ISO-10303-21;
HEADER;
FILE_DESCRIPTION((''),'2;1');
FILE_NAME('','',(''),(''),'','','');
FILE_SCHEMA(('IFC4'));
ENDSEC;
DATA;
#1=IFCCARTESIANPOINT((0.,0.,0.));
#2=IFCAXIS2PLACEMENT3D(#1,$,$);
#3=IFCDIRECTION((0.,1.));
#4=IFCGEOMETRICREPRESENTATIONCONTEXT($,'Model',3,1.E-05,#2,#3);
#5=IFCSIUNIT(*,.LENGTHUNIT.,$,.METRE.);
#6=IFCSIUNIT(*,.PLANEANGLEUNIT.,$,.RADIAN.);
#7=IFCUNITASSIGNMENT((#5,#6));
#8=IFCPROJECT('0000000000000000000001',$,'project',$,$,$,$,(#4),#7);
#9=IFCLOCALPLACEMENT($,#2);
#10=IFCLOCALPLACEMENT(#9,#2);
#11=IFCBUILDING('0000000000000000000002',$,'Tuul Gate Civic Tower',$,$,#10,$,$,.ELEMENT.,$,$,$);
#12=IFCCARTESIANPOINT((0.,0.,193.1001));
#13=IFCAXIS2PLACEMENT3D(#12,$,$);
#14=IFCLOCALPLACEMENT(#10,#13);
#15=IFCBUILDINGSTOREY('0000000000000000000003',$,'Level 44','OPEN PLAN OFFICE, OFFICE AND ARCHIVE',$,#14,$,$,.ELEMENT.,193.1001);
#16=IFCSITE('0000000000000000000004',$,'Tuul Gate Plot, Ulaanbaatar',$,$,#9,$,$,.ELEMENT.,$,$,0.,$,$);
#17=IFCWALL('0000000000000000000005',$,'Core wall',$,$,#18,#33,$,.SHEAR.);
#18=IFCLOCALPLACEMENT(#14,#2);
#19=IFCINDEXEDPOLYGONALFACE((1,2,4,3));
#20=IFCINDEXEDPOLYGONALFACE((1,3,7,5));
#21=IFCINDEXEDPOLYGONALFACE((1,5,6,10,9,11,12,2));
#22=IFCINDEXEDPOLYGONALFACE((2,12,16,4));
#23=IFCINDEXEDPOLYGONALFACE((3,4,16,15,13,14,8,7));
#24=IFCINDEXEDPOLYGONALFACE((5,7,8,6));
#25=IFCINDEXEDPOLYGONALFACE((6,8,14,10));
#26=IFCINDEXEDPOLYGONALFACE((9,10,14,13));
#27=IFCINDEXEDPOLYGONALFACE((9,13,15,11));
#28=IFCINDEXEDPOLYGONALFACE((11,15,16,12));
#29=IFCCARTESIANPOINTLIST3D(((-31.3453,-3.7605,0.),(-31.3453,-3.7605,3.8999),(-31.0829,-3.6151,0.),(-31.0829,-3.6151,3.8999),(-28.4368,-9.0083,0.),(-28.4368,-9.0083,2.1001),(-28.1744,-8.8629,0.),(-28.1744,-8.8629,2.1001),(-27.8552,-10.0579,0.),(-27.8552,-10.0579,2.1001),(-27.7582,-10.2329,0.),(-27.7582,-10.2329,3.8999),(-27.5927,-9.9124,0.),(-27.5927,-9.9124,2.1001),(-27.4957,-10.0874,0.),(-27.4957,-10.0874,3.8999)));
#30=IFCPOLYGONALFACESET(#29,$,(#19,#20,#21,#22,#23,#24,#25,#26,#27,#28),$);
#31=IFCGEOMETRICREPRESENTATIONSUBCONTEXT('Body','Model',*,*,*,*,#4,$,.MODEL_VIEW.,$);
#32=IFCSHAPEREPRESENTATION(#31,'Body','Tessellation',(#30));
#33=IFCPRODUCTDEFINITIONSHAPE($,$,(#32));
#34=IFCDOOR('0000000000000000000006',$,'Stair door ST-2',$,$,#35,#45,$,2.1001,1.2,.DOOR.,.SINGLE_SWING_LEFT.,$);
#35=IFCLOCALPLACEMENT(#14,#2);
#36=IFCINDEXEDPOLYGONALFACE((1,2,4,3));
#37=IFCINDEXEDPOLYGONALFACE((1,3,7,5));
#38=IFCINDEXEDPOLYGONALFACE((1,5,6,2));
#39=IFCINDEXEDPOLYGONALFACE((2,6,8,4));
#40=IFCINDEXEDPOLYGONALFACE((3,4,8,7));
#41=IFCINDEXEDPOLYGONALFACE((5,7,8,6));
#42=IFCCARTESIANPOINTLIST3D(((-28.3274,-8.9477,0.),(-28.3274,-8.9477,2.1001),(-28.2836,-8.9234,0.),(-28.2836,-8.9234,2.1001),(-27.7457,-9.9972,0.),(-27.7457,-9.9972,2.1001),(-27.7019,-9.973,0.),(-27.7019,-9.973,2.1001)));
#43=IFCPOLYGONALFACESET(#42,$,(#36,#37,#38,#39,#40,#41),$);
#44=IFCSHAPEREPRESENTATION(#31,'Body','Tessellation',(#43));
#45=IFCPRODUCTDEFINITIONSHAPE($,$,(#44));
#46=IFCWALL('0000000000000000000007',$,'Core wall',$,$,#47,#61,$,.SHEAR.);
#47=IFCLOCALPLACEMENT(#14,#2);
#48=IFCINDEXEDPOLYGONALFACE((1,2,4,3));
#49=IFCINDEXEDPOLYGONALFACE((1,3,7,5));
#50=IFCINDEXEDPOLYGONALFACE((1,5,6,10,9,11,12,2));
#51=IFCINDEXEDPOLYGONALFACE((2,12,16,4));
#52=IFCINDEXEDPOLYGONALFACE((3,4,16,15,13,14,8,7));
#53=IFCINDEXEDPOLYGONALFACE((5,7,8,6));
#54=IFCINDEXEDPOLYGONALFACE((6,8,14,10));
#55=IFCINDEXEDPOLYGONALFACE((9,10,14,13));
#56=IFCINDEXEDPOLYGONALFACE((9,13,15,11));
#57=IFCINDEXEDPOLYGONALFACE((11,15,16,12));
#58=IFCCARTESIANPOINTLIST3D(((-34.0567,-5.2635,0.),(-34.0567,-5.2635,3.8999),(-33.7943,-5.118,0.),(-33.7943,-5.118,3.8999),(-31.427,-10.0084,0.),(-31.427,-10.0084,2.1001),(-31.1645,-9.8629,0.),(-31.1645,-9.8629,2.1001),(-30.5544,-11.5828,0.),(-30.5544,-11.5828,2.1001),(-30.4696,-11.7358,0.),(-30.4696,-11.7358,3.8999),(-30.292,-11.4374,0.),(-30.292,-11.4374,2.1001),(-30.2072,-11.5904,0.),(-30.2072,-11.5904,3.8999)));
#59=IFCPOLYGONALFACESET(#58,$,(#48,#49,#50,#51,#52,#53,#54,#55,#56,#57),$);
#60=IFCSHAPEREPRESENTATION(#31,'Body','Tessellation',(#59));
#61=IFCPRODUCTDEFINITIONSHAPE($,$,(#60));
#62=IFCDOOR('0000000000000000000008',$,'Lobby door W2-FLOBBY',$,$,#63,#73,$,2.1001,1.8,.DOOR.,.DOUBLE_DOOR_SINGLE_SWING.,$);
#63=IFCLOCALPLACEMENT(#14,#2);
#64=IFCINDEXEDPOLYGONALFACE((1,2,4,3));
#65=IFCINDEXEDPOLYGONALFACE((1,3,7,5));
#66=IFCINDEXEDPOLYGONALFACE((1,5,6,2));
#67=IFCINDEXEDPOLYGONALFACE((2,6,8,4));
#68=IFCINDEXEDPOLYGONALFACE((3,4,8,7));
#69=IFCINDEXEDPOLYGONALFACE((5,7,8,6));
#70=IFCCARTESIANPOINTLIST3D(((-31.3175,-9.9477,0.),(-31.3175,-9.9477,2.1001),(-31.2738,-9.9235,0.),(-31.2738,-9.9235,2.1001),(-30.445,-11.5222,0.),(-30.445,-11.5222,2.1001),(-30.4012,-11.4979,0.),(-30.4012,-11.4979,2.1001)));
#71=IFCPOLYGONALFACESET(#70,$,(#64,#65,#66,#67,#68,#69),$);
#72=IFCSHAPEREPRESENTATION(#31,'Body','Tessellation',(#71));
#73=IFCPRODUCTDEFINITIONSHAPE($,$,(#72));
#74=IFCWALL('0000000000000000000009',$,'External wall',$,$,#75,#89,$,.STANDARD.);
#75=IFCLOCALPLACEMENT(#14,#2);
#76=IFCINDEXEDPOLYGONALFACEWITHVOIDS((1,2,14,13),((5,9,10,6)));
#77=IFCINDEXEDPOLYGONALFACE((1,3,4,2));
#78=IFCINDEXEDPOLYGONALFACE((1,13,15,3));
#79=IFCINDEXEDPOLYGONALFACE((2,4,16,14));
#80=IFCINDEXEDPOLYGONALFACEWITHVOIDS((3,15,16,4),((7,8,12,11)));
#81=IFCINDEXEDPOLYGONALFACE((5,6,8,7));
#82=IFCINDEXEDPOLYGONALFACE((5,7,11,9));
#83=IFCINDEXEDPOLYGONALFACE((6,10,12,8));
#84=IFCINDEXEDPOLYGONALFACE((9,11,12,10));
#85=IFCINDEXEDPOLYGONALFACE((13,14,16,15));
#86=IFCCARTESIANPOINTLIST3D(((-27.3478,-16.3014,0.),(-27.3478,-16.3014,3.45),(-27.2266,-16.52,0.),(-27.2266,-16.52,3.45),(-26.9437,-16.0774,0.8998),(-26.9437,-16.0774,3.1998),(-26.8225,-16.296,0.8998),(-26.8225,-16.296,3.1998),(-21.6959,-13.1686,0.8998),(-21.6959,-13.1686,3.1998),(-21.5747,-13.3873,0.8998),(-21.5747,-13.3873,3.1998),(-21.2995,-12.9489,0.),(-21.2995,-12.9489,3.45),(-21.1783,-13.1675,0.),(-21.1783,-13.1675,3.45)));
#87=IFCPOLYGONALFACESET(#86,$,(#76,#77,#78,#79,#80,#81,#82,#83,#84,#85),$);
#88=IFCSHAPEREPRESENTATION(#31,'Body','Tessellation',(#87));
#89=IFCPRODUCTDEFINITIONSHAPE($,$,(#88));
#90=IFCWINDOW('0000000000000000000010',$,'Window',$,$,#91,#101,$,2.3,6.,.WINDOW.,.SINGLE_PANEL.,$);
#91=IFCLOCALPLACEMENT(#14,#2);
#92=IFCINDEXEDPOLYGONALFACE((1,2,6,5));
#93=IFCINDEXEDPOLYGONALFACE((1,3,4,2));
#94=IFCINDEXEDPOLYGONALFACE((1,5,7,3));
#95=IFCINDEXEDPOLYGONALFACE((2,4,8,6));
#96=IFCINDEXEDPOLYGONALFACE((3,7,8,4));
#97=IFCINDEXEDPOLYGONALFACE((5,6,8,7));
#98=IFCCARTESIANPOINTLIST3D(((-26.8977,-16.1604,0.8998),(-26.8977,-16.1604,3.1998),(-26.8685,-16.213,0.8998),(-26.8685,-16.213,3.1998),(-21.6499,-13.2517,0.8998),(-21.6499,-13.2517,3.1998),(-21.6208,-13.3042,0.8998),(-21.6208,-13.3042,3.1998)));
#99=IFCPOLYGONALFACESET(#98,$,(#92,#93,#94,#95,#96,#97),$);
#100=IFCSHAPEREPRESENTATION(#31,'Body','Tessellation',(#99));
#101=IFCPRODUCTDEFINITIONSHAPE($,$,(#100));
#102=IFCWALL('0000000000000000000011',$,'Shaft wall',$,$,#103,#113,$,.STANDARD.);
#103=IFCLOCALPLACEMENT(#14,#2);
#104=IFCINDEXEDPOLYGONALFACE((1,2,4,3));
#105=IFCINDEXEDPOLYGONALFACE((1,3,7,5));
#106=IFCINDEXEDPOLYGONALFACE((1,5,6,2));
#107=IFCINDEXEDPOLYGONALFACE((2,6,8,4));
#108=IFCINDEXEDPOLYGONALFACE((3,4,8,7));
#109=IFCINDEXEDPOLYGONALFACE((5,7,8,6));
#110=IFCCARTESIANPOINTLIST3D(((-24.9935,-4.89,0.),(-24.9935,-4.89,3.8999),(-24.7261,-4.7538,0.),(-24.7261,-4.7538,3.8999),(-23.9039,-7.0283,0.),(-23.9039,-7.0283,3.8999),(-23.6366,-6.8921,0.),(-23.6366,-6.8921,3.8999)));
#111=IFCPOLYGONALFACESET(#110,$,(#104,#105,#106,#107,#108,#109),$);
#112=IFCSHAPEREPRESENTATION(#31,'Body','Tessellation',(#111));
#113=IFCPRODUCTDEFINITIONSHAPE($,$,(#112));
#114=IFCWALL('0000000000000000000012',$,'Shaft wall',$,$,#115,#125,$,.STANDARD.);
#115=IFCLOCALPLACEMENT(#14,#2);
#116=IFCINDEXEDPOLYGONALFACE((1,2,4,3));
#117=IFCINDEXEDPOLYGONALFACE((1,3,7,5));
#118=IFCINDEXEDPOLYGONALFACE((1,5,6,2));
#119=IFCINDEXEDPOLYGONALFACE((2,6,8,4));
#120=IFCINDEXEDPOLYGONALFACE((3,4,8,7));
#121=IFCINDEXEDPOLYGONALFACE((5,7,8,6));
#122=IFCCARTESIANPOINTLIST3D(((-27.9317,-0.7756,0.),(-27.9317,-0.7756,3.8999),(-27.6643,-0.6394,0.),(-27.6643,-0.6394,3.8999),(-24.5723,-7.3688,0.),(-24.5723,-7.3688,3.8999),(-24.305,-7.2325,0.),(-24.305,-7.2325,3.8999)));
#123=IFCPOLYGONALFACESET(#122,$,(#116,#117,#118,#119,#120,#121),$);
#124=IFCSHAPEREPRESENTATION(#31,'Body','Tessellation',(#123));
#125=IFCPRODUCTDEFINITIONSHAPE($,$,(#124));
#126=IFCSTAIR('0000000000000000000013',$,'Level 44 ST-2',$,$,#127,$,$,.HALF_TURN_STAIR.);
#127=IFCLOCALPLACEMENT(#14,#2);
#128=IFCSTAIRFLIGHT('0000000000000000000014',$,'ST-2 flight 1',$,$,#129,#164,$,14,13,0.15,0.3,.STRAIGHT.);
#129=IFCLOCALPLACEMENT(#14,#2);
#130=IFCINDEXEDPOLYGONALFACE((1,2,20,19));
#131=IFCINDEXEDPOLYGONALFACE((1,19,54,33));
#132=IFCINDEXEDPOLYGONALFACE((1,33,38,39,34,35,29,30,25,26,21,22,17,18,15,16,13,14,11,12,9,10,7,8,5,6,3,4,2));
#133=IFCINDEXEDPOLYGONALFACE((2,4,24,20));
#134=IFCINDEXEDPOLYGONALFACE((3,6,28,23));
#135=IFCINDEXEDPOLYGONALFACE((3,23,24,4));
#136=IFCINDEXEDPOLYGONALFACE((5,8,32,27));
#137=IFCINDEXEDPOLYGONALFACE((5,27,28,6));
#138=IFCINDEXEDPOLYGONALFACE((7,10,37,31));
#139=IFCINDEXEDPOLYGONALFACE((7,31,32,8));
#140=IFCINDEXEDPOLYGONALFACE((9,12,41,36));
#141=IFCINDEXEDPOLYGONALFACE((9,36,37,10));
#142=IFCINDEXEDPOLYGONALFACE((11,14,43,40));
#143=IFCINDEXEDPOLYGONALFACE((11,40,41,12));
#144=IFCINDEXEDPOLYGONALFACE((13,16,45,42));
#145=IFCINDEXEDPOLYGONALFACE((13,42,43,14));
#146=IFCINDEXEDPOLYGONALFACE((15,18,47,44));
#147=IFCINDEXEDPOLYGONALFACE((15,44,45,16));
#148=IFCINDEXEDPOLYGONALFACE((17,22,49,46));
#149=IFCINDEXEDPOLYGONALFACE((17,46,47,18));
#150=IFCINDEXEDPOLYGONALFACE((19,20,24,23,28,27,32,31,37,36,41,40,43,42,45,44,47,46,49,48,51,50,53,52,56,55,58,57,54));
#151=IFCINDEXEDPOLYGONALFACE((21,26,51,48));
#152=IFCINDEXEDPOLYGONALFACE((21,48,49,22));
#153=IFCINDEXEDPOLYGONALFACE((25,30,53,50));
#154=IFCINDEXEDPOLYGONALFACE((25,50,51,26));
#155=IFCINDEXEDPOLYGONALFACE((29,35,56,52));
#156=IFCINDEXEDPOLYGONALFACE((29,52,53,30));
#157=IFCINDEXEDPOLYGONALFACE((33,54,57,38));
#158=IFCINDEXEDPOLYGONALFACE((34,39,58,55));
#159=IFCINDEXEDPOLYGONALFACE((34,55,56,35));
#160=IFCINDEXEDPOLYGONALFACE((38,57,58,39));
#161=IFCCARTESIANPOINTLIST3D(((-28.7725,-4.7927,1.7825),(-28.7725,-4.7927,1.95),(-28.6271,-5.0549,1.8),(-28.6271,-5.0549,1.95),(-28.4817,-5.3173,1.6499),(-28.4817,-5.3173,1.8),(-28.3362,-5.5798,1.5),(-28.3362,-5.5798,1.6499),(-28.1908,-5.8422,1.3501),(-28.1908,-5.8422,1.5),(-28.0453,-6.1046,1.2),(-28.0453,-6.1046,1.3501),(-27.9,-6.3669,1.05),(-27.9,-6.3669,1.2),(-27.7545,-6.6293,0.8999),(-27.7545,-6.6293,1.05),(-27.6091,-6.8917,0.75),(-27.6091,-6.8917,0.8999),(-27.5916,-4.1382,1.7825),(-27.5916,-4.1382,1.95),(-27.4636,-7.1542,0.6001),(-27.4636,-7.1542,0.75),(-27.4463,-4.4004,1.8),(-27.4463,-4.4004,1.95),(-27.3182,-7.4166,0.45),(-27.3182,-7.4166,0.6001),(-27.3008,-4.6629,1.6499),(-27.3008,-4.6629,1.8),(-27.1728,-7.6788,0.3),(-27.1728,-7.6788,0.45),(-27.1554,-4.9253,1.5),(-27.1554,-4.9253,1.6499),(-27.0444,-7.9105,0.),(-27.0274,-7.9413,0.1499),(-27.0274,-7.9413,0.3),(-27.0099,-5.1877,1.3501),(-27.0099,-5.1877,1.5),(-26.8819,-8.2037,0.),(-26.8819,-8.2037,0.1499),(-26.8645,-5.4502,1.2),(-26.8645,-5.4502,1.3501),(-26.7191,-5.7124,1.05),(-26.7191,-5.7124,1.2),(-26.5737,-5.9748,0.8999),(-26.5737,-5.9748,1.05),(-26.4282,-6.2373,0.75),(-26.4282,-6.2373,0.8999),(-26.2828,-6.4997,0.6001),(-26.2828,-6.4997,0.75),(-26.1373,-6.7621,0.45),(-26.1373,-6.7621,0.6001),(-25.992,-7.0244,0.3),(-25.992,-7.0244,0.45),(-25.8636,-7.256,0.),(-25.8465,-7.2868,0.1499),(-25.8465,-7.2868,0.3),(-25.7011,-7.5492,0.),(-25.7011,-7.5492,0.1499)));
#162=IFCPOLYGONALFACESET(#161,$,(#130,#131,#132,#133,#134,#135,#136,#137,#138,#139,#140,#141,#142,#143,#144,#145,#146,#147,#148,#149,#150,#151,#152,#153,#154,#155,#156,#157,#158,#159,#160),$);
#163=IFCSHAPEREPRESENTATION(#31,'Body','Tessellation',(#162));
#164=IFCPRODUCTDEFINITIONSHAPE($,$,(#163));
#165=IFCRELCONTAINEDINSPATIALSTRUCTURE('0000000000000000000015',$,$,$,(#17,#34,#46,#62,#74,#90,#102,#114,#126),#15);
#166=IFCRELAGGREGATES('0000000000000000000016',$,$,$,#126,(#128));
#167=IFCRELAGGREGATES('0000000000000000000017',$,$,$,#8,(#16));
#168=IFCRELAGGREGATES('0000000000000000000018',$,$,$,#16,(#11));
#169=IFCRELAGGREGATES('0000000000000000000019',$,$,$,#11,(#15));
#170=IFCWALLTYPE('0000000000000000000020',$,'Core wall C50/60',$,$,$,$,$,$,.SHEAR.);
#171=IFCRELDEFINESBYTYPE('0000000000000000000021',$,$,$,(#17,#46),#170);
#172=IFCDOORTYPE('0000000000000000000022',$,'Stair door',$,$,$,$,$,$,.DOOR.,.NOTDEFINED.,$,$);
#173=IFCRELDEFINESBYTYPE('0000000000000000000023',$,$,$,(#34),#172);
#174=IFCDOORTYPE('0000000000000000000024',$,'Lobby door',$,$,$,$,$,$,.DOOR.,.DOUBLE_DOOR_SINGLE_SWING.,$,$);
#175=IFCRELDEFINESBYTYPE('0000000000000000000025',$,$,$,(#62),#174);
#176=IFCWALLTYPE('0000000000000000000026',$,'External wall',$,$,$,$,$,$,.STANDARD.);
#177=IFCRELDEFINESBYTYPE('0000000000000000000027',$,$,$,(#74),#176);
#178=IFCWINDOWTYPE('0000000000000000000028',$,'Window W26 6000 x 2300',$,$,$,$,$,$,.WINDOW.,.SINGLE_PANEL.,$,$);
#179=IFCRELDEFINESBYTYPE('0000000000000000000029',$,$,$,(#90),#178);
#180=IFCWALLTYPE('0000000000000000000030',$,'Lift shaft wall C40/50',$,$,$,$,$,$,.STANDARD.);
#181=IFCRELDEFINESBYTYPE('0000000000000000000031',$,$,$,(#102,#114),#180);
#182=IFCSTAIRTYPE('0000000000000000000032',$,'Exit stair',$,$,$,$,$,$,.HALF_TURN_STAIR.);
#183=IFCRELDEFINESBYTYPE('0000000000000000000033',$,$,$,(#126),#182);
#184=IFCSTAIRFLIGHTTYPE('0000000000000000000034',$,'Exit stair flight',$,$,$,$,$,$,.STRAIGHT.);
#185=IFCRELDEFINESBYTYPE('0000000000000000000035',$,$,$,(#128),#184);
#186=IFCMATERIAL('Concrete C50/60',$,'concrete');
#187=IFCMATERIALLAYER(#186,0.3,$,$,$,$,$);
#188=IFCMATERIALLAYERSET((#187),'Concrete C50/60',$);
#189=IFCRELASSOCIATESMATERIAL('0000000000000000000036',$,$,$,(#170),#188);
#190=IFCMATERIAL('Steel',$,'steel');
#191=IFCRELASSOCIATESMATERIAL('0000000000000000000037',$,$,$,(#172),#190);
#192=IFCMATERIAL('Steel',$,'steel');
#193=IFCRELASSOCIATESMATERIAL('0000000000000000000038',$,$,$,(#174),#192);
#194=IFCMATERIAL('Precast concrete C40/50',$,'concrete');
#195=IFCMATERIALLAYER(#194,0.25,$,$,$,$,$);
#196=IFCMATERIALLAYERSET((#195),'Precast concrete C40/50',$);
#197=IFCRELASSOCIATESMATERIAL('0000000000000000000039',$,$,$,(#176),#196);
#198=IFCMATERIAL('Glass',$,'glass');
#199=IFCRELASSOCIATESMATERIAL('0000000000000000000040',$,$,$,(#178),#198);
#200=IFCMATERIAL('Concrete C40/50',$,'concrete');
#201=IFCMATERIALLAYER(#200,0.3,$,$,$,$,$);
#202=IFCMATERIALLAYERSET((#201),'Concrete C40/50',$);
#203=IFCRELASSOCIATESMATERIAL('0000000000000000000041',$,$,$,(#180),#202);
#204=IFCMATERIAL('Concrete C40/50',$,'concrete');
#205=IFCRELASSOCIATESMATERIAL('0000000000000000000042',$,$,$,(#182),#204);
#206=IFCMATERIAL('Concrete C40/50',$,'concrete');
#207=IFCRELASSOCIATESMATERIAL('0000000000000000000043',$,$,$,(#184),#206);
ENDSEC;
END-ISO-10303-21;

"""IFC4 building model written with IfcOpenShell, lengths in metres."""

from ifc_helpers import new_model, si_unit, direction, frame, frame_2d, origin, place, context, subcontext, project, spatial, polyline, rectangle, outline, extrude, material, layer, layer_set, type_object, element, fill, aggregate, save


model = new_model("IFC4")

# Units and contexts
model_context = context("Model", 3, precision=1e-05, world=origin(), true_north=direction((0.0, 1.0)))
body_context = subcontext(model_context, "Body", "Model", "MODEL_VIEW")
ifc_project = project(units=[si_unit("LENGTHUNIT", "METRE"), si_unit("PLANEANGLEUNIT", "RADIAN")], contexts=[model_context])

# Site, building, storey
site_placement = place(None, origin())
site = spatial("IfcSite", under=ifc_project, at=site_placement, Name="Tuul Gate Plot, Ulaanbaatar", CompositionType="ELEMENT", RefElevation=0.0)
building_placement = place(site_placement, origin())
building = spatial("IfcBuilding", under=site, at=building_placement, Name="Tuul Gate Civic Tower", CompositionType="ELEMENT")
storey_placement = place(building_placement, frame((0.0, 0.0, 193.1001)))
storey = spatial("IfcBuildingStorey", under=building, at=storey_placement, Name="Level 44", Description="OPEN PLAN OFFICE, OFFICE AND ARCHIVE", CompositionType="ELEMENT", Elevation=193.1001)

# Shared definitions
ifc_material_1 = material(Name="Concrete C50/60", Category="concrete")
ifc_layer_1 = layer(ifc_material_1, 0.3)
ifc_layer_set_1 = layer_set([ifc_layer_1], Name="Concrete C50/60")
wall_type_1 = type_object("IfcWallType", Name="Core wall C50/60", PredefinedType="SHEAR", material=ifc_layer_set_1)

# Walls, openings, doors
wall_1_placement = place(storey_placement, frame((-27.627, -10.1602, 0.0), z_axis=(0.0, 0.0, 1.0), x_axis=(-0.484752, 0.874652, 0.0)))
wall_1 = element("IfcWall", 1, at=wall_1_placement, inside=storey, type_object=wall_type_1, Name="Core wall", PredefinedType="SHEAR", context=body_context, shape_type="SweptSolid", body=[
    extrude(rectangle(XDim=7.3999, YDim=0.3, at=frame_2d((3.7, 0.0))), origin(), (0.0, 0.0, 1.0), 3.8999),
])
opening_1_placement = place(wall_1_placement, frame((0.2, 0.0, 0.0)))
opening_1 = element("IfcOpeningElement", 2, at=opening_1_placement, cuts=wall_1, PredefinedType="OPENING", context=body_context, shape_type="SweptSolid", body=[
    extrude(rectangle(XDim=1.2, YDim=2.1001, at=frame_2d((0.6001, 1.05))), frame((0.0, 0.1602, 0.0), z_axis=(0.0, -1.0, 0.0), x_axis=(1.0, 0.0, 0.0)), (0.0, 0.0, 1.0), 0.3201),
])
ifc_material_2 = material(Name="Steel", Category="steel")
door_type_1 = type_object("IfcDoorType", Name="Stair door", OperationType="NOTDEFINED", PredefinedType="DOOR", material=ifc_material_2)
door_1_placement = place(opening_1_placement, origin())
door_1 = element("IfcDoor", 3, at=door_1_placement, inside=storey, type_object=door_type_1, Name="Stair door ST-2", OperationType="SINGLE_SWING_LEFT", OverallHeight=2.1001, OverallWidth=1.2, PredefinedType="DOOR", context=body_context, shape_type="SweptSolid", body=[
    extrude(rectangle(XDim=1.2, YDim=2.1001, at=frame_2d((0.6001, 1.05))), frame((0.0, 0.0249, 0.0), z_axis=(0.0, -1.0, 0.0), x_axis=(1.0, 0.0, 0.0)), (0.0, 0.0, 1.0), 0.05),
])
fill(opening_1, door_1)
wall_2_placement = place(storey_placement, frame((-30.3384, -11.6631, 0.0), z_axis=(0.0, 0.0, 1.0), x_axis=(-0.484752, 0.874652, 0.0)))
wall_2 = element("IfcWall", 4, at=wall_2_placement, inside=storey, type_object=wall_type_1, Name="Core wall", PredefinedType="SHEAR", context=body_context, shape_type="SweptSolid", body=[
    extrude(rectangle(XDim=7.3999, YDim=0.3, at=frame_2d((3.7, 0.0))), origin(), (0.0, 0.0, 1.0), 3.8999),
])
opening_2_placement = place(wall_2_placement, frame((0.175, 0.0, 0.0)))
opening_2 = element("IfcOpeningElement", 5, at=opening_2_placement, cuts=wall_2, PredefinedType="OPENING", context=body_context, shape_type="SweptSolid", body=[
    extrude(rectangle(XDim=1.8, YDim=2.1001, at=frame_2d((0.8999, 1.05))), frame((0.0, 0.1602, 0.0), z_axis=(0.0, -1.0, 0.0), x_axis=(1.0, 0.0, 0.0)), (0.0, 0.0, 1.0), 0.3201),
])
ifc_material_3 = material(Name="Steel", Category="steel")
door_type_2 = type_object("IfcDoorType", Name="Lobby door", OperationType="DOUBLE_DOOR_SINGLE_SWING", PredefinedType="DOOR", material=ifc_material_3)
door_2_placement = place(opening_2_placement, origin())
door_2 = element("IfcDoor", 6, at=door_2_placement, inside=storey, type_object=door_type_2, Name="Lobby door W2-FLOBBY", OperationType="DOUBLE_DOOR_SINGLE_SWING", OverallHeight=2.1001, OverallWidth=1.8, PredefinedType="DOOR", context=body_context, shape_type="SweptSolid", body=[
    extrude(rectangle(XDim=1.8, YDim=2.1001, at=frame_2d((0.8999, 1.05))), frame((0.0, 0.0249, 0.0), z_axis=(0.0, -1.0, 0.0), x_axis=(1.0, 0.0, 0.0)), (0.0, 0.0, 1.0), 0.05),
])
fill(opening_2, door_2)

# Wall, opening, window
ifc_material_4 = material(Name="Precast concrete C40/50", Category="concrete")
ifc_layer_2 = layer(ifc_material_4, 0.25)
ifc_layer_set_2 = layer_set([ifc_layer_2], Name="Precast concrete C40/50")
wall_type_2 = type_object("IfcWallType", Name="External wall", PredefinedType="STANDARD", material=ifc_layer_set_2)
wall_3_placement = place(storey_placement, frame((-27.2871, -16.4106, 0.0), z_axis=(0.0, 0.0, 1.0), x_axis=(0.874626, 0.484797, 0.0)))
wall_3 = element("IfcWall", 7, at=wall_3_placement, inside=storey, type_object=wall_type_2, Name="External wall", PredefinedType="STANDARD", context=body_context, shape_type="SweptSolid", body=[
    extrude(rectangle(XDim=6.9153, YDim=0.25, at=frame_2d((3.4575, 0.0))), origin(), (0.0, 0.0, 1.0), 3.45),
])
opening_3_placement = place(wall_3_placement, frame((0.4619, 0.0, 0.8999)))
opening_3 = element("IfcOpeningElement", 8, at=opening_3_placement, cuts=wall_3, PredefinedType="OPENING", context=body_context, shape_type="SweptSolid", body=[
    extrude(rectangle(XDim=6.0, YDim=2.3, at=frame_2d((3.0, 1.1499))), frame((0.0, 0.135, 0.0), z_axis=(0.0, -1.0, 0.0), x_axis=(1.0, 0.0, 0.0)), (0.0, 0.0, 1.0), 0.27),
])
ifc_material_5 = material(Name="Glass", Category="glass")
window_type = type_object("IfcWindowType", Name="Window W26 6000 x 2300", PartitioningType="SINGLE_PANEL", PredefinedType="WINDOW", material=ifc_material_5)
window_placement = place(opening_3_placement, origin())
window = element("IfcWindow", 9, at=window_placement, inside=storey, type_object=window_type, Name="Window", OverallHeight=2.3, OverallWidth=6.0, PartitioningType="SINGLE_PANEL", PredefinedType="WINDOW", context=body_context, shape_type="SweptSolid", body=[
    extrude(rectangle(XDim=6.0, YDim=2.3, at=frame_2d((3.0, 1.1499))), frame((0.0, 0.03, 0.0), z_axis=(0.0, -1.0, 0.0), x_axis=(1.0, 0.0, 0.0)), (0.0, 0.0, 1.0), 0.0601),
])
fill(opening_3, window)

# Walls
ifc_material_6 = material(Name="Concrete C40/50", Category="concrete")
ifc_layer_3 = layer(ifc_material_6, 0.3)
ifc_layer_set_3 = layer_set([ifc_layer_3], Name="Concrete C40/50")
wall_type_3 = type_object("IfcWallType", Name="Lift shaft wall C40/50", PredefinedType="STANDARD", material=ifc_layer_set_3)
wall_4_placement = place(storey_placement, frame((-23.7703, -6.9602, 0.0), z_axis=(0.0, 0.0, 1.0), x_axis=(-0.453996, 0.891004, 0.0)))
element("IfcWall", 10, at=wall_4_placement, inside=storey, type_object=wall_type_3, Name="Shaft wall", PredefinedType="STANDARD", context=body_context, shape_type="SweptSolid", body=[
    extrude(rectangle(XDim=2.3999, YDim=0.3, at=frame_2d((1.2, 0.0))), origin(), (0.0, 0.0, 1.0), 3.8999),
])
wall_5_placement = place(storey_placement, frame((-24.4387, -7.3005, 0.0), z_axis=(0.0, 0.0, 1.0), x_axis=(-0.453984, 0.89101, 0.0)))
element("IfcWall", 11, at=wall_5_placement, inside=storey, type_object=wall_type_3, Name="Shaft wall", PredefinedType="STANDARD", context=body_context, shape_type="SweptSolid", body=[
    extrude(rectangle(XDim=7.3997, YDim=0.3, at=frame_2d((3.6997, 0.0))), origin(), (0.0, 0.0, 1.0), 3.8999),
])

# Stair, stair flight
ifc_material_7 = material(Name="Concrete C40/50", Category="concrete")
stair_type = type_object("IfcStairType", Name="Exit stair", PredefinedType="HALF_TURN_STAIR", material=ifc_material_7)
stair_placement = place(storey_placement, origin())
stair = element("IfcStair", 12, at=stair_placement, inside=storey, type_object=stair_type, Name="Level 44 ST-2", PredefinedType="HALF_TURN_STAIR")
ifc_material_8 = material(Name="Concrete C40/50", Category="concrete")
stair_flight_type = type_object("IfcStairFlightType", Name="Exit stair flight", PredefinedType="STRAIGHT", material=ifc_material_8)
stair_flight_placement = place(storey_placement, frame((-26.2915, -7.8765, 0.0), z_axis=(0.0, 0.0, 1.0), x_axis=(-0.484762, 0.874646, 0.0)))
stair_flight = element("IfcStairFlight", 13, at=stair_flight_placement, type_object=stair_flight_type, Name="ST-2 flight 1", NumberOfRisers=14, NumberOfTreads=13, PredefinedType="STRAIGHT", RiserHeight=0.15, TreadLength=0.3, context=body_context, shape_type="SweptSolid", body=[
    extrude(outline(polyline([(0.0, 0.0), (0.0, 0.1499), (0.3, 0.1499), (0.3, 0.3), (0.6001, 0.3), (0.6001, 0.45), (0.8999, 0.45), (0.8999, 0.6001), (1.2, 0.6001), (1.2, 0.75), (1.5, 0.75), (1.5, 0.8999), (1.8, 0.8999), (1.8, 1.05), (2.1001, 1.05), (2.1001, 1.2), (2.3999, 1.2), (2.3999, 1.3501), (2.7, 1.3501), (2.7, 1.5), (3.0, 1.5), (3.0, 1.6499), (3.3, 1.6499), (3.3, 1.8), (3.6001, 1.8), (3.6001, 1.95), (3.8999, 1.95), (3.8999, 2.1001), (3.8999, 1.7825), (0.3352, 0.0), (0.0, 0.0)])), frame((0.0, 0.675, 0.0), z_axis=(0.0, -1.0, 0.0), x_axis=(1.0, 0.0, 0.0)), (0.0, 0.0, 1.0), 1.3501),
])
aggregate(stair, [stair_flight])

save(model, "model.ifc")
